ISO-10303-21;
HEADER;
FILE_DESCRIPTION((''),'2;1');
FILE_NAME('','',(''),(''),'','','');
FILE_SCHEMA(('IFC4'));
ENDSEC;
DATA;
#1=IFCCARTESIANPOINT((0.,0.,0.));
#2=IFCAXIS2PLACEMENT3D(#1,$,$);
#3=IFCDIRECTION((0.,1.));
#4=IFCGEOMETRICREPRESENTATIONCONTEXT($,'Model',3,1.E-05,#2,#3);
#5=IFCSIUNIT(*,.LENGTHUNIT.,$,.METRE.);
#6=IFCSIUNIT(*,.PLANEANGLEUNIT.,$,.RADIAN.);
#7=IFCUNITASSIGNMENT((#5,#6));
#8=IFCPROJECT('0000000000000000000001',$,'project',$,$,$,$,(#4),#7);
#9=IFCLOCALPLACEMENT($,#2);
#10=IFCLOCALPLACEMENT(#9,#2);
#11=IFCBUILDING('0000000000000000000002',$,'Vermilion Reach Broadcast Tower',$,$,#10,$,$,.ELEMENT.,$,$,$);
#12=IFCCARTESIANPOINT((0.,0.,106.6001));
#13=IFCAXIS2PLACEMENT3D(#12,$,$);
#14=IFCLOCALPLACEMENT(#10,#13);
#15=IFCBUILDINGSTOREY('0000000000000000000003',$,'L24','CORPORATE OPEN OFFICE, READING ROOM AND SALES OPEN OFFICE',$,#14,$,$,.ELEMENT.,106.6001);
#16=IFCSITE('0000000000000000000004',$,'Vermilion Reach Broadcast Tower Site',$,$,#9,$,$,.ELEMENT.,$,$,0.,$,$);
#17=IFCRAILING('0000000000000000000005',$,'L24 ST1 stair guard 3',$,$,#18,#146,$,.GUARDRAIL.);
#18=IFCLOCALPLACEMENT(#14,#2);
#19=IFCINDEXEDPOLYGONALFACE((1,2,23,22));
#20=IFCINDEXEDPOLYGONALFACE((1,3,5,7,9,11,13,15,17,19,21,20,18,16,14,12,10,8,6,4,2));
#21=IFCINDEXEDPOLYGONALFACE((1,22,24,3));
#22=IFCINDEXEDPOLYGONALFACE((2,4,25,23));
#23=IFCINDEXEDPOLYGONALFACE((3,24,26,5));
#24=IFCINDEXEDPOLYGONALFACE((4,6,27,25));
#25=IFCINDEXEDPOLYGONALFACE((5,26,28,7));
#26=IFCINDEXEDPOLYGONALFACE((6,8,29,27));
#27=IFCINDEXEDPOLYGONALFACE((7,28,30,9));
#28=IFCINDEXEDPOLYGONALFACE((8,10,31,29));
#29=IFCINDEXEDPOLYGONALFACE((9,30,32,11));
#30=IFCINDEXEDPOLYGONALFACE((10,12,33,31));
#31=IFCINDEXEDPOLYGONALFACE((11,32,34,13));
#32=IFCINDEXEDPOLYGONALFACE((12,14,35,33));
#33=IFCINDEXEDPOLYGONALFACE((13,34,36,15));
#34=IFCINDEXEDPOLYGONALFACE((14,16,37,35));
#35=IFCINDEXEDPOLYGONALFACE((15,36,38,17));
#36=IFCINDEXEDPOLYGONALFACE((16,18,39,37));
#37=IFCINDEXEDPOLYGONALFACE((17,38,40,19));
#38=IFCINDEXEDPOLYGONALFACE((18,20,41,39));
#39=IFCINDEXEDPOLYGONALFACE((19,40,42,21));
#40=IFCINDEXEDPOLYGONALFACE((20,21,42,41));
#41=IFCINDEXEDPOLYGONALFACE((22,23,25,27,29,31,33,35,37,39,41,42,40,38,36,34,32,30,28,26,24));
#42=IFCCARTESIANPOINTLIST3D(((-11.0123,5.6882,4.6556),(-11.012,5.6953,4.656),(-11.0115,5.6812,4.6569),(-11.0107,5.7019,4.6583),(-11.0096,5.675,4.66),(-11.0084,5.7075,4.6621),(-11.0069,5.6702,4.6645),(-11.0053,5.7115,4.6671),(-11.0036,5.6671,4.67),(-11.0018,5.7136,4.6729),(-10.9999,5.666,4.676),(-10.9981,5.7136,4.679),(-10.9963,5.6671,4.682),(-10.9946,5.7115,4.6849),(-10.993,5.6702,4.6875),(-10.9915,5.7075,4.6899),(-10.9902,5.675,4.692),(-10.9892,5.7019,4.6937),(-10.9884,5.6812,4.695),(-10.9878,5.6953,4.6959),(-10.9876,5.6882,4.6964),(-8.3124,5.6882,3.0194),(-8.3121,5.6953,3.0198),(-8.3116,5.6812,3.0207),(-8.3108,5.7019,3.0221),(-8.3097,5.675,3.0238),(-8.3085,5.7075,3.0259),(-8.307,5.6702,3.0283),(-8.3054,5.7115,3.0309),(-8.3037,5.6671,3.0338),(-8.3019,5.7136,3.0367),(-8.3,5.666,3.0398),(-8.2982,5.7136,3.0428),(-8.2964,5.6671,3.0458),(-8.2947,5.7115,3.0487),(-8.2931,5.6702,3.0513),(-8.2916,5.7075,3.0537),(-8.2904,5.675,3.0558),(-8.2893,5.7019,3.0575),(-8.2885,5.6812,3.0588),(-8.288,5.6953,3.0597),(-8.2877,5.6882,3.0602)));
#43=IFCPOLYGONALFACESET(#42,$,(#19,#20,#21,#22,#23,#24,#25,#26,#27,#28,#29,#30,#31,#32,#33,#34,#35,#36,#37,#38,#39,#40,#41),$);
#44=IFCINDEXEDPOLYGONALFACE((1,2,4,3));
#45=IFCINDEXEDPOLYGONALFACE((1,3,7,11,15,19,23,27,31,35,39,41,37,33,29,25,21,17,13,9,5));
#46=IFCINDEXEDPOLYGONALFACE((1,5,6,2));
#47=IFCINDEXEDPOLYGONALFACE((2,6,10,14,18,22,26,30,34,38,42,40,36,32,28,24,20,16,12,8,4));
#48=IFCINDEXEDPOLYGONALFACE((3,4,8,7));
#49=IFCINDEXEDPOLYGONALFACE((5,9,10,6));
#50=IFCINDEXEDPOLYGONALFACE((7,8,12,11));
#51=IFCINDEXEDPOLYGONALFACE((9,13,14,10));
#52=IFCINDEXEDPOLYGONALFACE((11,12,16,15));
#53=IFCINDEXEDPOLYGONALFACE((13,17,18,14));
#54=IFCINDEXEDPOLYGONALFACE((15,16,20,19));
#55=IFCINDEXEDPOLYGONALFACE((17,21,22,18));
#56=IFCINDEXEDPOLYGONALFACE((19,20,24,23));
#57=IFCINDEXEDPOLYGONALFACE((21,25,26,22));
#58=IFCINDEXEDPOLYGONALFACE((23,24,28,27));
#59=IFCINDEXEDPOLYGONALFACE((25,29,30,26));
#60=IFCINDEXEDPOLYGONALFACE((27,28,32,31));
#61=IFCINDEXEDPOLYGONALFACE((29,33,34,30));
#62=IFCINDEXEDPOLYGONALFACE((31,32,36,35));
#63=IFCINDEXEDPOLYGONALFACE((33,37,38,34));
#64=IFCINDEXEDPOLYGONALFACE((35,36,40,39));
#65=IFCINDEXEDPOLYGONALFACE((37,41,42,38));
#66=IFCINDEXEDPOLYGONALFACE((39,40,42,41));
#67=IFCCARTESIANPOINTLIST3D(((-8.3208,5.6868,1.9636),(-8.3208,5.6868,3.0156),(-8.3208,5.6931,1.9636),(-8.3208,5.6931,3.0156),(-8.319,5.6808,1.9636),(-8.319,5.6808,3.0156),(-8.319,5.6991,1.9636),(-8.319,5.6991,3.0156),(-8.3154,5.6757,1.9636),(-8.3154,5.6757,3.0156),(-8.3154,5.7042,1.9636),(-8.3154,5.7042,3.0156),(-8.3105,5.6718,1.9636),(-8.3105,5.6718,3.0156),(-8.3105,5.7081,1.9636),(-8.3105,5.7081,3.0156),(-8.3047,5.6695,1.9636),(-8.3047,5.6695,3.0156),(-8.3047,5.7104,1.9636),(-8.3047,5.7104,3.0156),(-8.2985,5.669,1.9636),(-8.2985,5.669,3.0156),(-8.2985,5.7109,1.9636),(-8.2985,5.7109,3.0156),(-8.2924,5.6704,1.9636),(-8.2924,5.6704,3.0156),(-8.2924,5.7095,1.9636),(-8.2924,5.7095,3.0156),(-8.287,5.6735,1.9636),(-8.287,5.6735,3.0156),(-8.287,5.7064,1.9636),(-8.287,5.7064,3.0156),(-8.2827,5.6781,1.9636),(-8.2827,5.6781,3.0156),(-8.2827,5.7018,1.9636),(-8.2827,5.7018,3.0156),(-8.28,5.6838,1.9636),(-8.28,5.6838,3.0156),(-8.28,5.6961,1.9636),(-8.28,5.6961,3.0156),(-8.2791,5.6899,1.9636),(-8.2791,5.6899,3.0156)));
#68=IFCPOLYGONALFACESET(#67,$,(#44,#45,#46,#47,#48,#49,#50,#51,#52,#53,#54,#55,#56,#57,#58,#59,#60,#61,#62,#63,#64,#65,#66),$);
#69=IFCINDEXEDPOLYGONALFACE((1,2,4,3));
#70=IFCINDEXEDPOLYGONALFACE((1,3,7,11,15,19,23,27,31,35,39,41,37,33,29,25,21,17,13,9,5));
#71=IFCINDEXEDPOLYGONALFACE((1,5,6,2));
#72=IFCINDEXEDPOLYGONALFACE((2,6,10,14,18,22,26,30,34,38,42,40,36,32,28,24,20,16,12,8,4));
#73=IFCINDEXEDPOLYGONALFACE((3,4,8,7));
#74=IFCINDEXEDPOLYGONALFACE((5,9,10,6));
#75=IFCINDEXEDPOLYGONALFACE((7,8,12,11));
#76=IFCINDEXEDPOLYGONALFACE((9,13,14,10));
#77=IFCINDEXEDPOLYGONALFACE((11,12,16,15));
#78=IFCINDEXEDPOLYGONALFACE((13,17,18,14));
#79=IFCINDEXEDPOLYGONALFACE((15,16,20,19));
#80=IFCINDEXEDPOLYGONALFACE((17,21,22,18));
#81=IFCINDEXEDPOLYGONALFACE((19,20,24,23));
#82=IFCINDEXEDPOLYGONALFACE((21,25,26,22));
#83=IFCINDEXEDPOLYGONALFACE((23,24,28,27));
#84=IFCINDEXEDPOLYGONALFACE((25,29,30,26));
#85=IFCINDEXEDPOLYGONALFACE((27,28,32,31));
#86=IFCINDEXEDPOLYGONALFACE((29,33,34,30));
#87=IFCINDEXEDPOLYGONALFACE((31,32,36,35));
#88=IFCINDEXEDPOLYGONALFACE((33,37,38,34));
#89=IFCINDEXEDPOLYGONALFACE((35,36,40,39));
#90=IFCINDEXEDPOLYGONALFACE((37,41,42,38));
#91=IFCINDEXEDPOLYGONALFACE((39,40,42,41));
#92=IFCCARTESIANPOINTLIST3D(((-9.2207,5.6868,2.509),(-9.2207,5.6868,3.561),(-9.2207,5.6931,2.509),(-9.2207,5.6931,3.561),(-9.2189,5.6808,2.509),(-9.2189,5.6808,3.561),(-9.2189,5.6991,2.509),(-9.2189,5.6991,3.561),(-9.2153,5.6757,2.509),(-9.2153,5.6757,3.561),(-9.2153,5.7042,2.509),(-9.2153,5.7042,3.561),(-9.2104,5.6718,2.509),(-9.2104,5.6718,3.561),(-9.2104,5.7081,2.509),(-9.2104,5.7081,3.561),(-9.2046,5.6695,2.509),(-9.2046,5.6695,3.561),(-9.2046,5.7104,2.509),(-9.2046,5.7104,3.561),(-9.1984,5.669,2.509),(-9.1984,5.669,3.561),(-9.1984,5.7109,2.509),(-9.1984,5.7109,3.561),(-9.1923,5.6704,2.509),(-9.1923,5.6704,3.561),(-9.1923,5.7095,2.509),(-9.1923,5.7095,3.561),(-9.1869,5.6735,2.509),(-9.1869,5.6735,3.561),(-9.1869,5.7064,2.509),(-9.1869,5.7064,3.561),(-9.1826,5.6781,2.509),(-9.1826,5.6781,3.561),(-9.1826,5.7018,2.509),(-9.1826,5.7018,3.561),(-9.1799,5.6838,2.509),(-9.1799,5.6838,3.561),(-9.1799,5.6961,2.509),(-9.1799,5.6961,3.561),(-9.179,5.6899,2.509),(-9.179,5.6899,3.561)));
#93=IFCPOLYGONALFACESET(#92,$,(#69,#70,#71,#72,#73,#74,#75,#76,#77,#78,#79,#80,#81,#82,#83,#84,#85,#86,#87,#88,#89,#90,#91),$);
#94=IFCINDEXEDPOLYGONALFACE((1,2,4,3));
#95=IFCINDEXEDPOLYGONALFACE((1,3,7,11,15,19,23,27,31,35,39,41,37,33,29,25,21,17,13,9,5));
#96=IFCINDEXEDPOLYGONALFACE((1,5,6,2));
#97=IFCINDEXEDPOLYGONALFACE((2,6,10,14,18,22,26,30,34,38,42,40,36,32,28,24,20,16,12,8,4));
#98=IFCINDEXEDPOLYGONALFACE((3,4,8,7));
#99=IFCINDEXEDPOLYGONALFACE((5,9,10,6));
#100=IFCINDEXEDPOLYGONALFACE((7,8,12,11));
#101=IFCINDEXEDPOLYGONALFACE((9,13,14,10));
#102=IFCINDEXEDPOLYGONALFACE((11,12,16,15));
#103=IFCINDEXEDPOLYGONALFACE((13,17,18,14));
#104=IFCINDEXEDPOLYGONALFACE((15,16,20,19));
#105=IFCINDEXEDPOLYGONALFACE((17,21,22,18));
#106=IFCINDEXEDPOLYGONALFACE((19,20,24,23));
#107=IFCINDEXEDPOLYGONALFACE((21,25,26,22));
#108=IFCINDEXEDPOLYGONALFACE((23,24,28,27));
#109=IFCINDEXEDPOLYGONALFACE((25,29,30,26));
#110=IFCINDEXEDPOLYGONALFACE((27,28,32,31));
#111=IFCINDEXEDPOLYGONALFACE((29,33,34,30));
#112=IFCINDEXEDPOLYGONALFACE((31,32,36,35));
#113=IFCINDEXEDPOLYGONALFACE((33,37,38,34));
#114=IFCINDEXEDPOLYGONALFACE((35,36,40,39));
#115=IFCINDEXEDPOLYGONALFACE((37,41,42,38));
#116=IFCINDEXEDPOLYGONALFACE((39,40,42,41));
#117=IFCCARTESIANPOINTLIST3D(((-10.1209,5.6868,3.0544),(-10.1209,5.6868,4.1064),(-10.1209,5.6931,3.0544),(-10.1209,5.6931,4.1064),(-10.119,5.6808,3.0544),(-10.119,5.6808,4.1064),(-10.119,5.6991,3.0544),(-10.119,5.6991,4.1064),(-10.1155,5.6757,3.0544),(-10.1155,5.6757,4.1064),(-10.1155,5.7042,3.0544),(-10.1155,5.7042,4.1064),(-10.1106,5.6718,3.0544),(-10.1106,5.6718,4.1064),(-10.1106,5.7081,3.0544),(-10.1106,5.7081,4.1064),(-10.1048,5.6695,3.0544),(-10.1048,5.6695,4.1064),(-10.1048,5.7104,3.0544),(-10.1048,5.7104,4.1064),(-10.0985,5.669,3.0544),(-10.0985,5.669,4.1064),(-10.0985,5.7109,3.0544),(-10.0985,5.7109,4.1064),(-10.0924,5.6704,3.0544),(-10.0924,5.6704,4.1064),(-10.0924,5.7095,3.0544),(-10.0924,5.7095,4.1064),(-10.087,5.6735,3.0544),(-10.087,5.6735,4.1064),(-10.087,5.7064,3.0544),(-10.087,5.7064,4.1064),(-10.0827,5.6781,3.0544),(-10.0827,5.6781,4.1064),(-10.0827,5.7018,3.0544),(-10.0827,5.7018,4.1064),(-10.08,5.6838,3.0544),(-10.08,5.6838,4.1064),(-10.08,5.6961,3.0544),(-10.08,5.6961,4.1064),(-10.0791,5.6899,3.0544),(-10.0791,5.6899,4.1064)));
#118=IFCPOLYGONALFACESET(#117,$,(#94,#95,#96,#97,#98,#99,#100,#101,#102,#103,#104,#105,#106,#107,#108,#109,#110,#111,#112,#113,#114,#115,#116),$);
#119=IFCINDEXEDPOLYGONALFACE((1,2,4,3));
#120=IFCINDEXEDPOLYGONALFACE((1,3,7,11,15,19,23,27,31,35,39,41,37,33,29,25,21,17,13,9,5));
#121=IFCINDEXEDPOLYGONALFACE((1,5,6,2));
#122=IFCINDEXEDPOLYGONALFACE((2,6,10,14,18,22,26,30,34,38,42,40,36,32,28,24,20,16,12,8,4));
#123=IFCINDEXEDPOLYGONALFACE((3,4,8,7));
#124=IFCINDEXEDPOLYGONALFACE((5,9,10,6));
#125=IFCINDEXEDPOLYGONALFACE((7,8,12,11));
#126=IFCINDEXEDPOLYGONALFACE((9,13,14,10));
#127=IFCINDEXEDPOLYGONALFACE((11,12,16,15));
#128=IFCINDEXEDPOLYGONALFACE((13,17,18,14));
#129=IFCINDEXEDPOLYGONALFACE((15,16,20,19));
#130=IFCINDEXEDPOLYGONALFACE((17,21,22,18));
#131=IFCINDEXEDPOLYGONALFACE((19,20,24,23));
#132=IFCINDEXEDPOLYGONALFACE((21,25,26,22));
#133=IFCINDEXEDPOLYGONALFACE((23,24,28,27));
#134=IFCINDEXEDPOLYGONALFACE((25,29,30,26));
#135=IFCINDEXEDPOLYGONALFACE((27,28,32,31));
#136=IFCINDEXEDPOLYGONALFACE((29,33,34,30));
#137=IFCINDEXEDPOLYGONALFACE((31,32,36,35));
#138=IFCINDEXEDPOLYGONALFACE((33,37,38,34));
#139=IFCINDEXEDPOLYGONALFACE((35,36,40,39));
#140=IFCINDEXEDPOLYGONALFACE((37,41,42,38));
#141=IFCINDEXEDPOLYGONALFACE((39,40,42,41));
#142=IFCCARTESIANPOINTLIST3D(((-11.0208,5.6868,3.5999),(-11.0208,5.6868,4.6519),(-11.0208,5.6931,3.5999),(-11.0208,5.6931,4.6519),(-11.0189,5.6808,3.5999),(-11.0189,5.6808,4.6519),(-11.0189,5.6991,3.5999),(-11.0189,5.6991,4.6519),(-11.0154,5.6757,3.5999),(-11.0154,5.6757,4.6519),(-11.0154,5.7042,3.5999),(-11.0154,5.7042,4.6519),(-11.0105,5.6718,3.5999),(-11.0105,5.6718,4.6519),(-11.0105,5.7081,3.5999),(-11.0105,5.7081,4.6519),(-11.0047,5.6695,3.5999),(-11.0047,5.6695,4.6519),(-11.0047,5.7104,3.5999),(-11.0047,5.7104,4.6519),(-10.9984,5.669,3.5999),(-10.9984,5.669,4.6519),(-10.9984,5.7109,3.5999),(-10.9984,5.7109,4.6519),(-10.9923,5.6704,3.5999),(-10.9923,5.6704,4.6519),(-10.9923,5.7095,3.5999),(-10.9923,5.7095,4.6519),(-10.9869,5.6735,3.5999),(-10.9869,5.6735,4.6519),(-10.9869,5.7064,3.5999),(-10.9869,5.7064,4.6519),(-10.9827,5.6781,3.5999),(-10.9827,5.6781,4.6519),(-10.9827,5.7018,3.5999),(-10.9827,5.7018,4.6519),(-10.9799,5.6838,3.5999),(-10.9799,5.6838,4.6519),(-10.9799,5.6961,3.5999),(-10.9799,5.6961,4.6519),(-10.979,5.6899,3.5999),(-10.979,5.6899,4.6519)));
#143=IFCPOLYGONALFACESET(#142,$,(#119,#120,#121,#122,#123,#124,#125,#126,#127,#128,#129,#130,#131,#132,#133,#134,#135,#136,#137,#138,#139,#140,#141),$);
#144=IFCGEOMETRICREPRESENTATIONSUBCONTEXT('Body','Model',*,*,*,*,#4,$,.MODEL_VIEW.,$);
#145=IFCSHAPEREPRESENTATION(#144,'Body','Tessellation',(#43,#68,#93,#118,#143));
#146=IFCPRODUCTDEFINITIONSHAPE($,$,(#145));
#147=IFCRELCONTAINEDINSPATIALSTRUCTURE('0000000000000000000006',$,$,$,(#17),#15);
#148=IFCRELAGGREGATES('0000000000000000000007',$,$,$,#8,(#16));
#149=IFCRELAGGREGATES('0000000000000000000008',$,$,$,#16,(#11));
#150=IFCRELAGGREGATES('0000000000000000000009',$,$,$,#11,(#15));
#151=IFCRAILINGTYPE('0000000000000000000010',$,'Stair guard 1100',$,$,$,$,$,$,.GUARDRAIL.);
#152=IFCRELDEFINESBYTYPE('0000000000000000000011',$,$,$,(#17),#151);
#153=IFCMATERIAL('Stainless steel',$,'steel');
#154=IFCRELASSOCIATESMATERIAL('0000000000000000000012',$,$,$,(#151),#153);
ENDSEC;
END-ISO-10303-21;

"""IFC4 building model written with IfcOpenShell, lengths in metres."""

from ifc_helpers import new_model, si_unit, direction, frame, origin, origin_2d, place, context, subcontext, project, spatial, circle, extrude, material, type_object, element, save


model = new_model("IFC4")

# Units and contexts
model_context = context("Model", 3, precision=1e-05, world=origin(), true_north=direction((0.0, 1.0)))
body_context = subcontext(model_context, "Body", "Model", "MODEL_VIEW")
ifc_project = project(units=[si_unit("LENGTHUNIT", "METRE"), si_unit("PLANEANGLEUNIT", "RADIAN")], contexts=[model_context])

# Site, building, storey
site_placement = place(None, origin())
site = spatial("IfcSite", under=ifc_project, at=site_placement, Name="Vermilion Reach Broadcast Tower Site", CompositionType="ELEMENT", RefElevation=0.0)
building_placement = place(site_placement, origin())
building = spatial("IfcBuilding", under=site, at=building_placement, Name="Vermilion Reach Broadcast Tower", CompositionType="ELEMENT")
storey_placement = place(building_placement, frame((0.0, 0.0, 106.6001)))
storey = spatial("IfcBuildingStorey", under=building, at=storey_placement, Name="L24", Description="CORPORATE OPEN OFFICE, READING ROOM AND SALES OPEN OFFICE", CompositionType="ELEMENT", Elevation=106.6001)

# Railing
ifc_material_1 = material(Name="Stainless steel", Category="steel")
railing_type_1 = type_object("IfcRailingType", Name="Stair guard 1100", PredefinedType="GUARDRAIL", material=ifc_material_1)
railing_1_placement = place(storey_placement, frame((-8.3, 5.6899, 1.9636)))
element("IfcRailing", 1, at=railing_1_placement, inside=storey, type_object=railing_type_1, Name="L24 ST1 stair guard 3", PredefinedType="GUARDRAIL", context=body_context, shape_type="SweptSolid", body=[
    extrude(circle(Radius=0.0239, at=origin_2d()), frame((0.0, 0.0, 1.0762), z_axis=(-0.855212, 0.0, 0.518278), x_axis=(0.0, -1.0, 0.0)), (0.0, 0.0, 1.0), 3.157),
    extrude(circle(Radius=0.021, at=origin_2d()), origin(), (0.0, 0.0, 1.0), 1.052),
    extrude(circle(Radius=0.021, at=origin_2d()), frame((-0.8999, 0.0, 0.5454)), (0.0, 0.0, 1.0), 1.052),
    extrude(circle(Radius=0.021, at=origin_2d()), frame((-1.8, 0.0, 1.0908)), (0.0, 0.0, 1.0), 1.052),
    extrude(circle(Radius=0.021, at=origin_2d()), frame((-2.7, 0.0, 1.6362)), (0.0, 0.0, 1.0), 1.052),
])

save(model, "model.ifc")
